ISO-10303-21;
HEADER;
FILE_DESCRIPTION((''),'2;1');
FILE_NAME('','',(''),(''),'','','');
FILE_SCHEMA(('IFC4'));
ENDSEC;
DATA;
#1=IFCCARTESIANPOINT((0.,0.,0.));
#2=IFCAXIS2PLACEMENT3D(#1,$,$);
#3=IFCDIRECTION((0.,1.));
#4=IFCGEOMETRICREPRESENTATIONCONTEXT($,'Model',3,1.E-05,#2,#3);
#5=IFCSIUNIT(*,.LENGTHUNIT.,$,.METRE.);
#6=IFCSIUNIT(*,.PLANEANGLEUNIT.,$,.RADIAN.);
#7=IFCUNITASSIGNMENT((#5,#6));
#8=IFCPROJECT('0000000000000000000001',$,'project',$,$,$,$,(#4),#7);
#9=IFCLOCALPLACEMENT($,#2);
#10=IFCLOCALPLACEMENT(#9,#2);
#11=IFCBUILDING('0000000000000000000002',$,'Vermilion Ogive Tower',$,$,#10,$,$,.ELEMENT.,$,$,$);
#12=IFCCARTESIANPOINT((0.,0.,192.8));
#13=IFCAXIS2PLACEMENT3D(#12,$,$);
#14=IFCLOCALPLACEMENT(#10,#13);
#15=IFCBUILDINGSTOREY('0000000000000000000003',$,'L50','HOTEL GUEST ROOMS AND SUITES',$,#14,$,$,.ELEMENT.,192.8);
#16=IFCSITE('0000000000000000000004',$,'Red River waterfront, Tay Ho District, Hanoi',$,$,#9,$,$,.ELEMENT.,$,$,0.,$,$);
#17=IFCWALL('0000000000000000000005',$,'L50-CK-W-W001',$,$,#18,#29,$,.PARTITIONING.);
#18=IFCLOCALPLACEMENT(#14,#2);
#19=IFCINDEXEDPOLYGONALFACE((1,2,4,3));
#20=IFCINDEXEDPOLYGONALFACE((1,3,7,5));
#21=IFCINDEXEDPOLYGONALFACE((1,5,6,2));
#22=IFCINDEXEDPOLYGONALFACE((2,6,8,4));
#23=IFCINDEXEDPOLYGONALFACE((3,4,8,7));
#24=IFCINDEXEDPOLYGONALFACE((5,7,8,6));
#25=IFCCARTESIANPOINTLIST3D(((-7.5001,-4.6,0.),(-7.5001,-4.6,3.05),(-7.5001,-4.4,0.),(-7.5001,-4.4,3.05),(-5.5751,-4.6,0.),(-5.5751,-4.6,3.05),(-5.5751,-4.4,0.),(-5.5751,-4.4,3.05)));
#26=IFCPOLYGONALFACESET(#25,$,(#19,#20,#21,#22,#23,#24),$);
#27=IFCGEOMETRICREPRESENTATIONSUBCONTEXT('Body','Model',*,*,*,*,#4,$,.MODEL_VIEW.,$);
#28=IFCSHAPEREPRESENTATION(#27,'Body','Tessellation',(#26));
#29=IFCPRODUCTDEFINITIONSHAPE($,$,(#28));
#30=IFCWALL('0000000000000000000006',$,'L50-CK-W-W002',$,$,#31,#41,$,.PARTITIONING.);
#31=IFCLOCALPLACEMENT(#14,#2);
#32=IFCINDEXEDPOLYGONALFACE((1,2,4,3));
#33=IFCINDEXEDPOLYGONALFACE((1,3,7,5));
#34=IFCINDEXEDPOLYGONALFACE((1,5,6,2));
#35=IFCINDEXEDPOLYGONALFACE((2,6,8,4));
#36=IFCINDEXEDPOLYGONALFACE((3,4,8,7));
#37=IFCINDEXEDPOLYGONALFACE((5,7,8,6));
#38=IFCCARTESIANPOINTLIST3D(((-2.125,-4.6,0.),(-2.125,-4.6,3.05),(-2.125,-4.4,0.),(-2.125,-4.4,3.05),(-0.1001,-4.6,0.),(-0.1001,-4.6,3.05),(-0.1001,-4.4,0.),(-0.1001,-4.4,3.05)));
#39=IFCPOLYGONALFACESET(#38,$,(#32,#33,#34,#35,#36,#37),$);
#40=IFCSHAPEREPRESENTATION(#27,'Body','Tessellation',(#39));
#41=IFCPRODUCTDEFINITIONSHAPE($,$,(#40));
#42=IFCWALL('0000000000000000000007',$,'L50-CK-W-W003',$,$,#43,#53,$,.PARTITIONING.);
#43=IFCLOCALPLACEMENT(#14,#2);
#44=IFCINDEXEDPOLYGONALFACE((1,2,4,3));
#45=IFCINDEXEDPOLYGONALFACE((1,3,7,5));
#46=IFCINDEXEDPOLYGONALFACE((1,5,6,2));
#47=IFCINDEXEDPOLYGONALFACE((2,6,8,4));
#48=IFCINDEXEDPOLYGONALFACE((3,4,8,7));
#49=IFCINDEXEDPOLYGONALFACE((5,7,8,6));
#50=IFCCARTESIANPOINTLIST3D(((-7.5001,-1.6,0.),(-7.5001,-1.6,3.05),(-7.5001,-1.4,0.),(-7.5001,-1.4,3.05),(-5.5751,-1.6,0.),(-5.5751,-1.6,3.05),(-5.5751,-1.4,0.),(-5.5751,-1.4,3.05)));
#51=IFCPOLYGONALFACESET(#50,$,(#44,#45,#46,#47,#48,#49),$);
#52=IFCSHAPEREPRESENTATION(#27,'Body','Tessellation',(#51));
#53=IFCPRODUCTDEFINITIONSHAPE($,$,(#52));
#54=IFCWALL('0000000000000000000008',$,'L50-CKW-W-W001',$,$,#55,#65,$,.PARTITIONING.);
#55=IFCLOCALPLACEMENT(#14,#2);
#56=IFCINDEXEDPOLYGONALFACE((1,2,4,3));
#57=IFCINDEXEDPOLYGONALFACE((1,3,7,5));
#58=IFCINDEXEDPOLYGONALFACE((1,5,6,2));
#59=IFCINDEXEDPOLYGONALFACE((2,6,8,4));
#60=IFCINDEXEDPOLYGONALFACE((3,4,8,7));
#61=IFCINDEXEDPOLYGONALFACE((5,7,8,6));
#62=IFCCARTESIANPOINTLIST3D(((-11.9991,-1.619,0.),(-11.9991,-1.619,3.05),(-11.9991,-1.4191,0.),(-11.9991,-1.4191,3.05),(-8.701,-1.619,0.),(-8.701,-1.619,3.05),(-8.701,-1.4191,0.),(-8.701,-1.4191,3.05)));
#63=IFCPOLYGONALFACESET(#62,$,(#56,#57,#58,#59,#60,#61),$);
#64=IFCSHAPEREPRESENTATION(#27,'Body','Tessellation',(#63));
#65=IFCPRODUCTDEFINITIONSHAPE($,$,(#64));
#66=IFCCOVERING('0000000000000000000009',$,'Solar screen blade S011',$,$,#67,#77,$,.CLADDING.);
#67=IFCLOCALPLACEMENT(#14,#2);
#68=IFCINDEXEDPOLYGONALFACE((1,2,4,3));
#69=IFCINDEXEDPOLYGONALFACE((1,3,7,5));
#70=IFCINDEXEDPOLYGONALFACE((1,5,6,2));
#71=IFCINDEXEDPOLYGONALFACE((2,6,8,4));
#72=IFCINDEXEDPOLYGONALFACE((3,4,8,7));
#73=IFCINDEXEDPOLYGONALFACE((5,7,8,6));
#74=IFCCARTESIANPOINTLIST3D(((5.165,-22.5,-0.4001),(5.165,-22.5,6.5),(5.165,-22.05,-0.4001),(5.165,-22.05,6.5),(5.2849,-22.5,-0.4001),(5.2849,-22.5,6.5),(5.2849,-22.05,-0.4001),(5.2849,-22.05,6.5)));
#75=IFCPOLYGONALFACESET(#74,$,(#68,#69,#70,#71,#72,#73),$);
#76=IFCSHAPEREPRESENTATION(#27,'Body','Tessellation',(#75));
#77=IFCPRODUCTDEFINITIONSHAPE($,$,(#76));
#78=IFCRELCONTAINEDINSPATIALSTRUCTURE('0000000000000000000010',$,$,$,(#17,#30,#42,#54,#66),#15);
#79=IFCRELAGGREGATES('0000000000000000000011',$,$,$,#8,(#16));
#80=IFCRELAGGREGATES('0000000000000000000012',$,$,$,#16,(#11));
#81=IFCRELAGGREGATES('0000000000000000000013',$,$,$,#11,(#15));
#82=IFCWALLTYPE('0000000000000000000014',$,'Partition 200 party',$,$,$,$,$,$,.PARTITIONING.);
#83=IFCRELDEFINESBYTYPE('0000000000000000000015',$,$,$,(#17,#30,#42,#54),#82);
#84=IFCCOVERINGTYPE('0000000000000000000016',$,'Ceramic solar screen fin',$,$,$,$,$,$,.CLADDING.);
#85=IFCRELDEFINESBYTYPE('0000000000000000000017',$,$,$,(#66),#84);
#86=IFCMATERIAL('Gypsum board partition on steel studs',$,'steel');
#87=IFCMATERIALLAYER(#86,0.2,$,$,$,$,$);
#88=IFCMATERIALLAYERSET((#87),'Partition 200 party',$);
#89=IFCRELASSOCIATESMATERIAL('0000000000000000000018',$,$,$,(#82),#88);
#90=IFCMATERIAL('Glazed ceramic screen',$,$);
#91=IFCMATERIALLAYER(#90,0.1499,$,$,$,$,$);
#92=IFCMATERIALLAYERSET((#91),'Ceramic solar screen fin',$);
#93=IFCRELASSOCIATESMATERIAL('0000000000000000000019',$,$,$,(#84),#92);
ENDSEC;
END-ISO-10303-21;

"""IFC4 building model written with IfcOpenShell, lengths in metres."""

from ifc_helpers import new_model, si_unit, direction, frame, frame_2d, origin, place, context, subcontext, project, spatial, polyline, rectangle, outline, extrude, material, layer, layer_set, type_object, element, save


model = new_model("IFC4")

# Units and contexts
model_context = context("Model", 3, precision=1e-05, world=origin(), true_north=direction((0.0, 1.0)))
body_context = subcontext(model_context, "Body", "Model", "MODEL_VIEW")
ifc_project = project(units=[si_unit("LENGTHUNIT", "METRE"), si_unit("PLANEANGLEUNIT", "RADIAN")], contexts=[model_context])

# Site, building, storey
site_placement = place(None, origin())
site = spatial("IfcSite", under=ifc_project, at=site_placement, Name="Red River waterfront, Tay Ho District, Hanoi", CompositionType="ELEMENT", RefElevation=0.0)
building_placement = place(site_placement, origin())
building = spatial("IfcBuilding", under=site, at=building_placement, Name="Vermilion Ogive Tower", CompositionType="ELEMENT")
storey_placement = place(building_placement, frame((0.0, 0.0, 192.8)))
storey = spatial("IfcBuildingStorey", under=building, at=storey_placement, Name="L50", Description="HOTEL GUEST ROOMS AND SUITES", CompositionType="ELEMENT", Elevation=192.8)

# Walls
ifc_material_1 = material(Name="Gypsum board partition on steel studs", Category="steel")
ifc_layer_1 = layer(ifc_material_1, 0.2)
ifc_layer_set_1 = layer_set([ifc_layer_1], Name="Partition 200 party")
wall_type_1 = type_object("IfcWallType", Name="Partition 200 party", PredefinedType="PARTITIONING", material=ifc_layer_set_1)
wall_1_placement = place(storey_placement, frame((-7.5, -4.5, 0.0), z_axis=(0.0, 0.0, 1.0), x_axis=(1.0, 0.0, 0.0)))
element("IfcWall", 1, at=wall_1_placement, inside=storey, type_object=wall_type_1, Name="L50-CK-W-W001", PredefinedType="PARTITIONING", context=body_context, shape_type="SweptSolid", body=[
    extrude(rectangle(XDim=1.925, YDim=0.2, at=frame_2d((0.9624, 0.0))), origin(), (0.0, 0.0, 1.0), 3.05),
])
wall_2_placement = place(storey_placement, frame((-2.125, -4.5, 0.0), z_axis=(0.0, 0.0, 1.0), x_axis=(1.0, 0.0, 0.0)))
element("IfcWall", 2, at=wall_2_placement, inside=storey, type_object=wall_type_1, Name="L50-CK-W-W002", PredefinedType="PARTITIONING", context=body_context, shape_type="SweptSolid", body=[
    extrude(rectangle(XDim=2.0249, YDim=0.2, at=frame_2d((1.0125, 0.0))), origin(), (0.0, 0.0, 1.0), 3.05),
])
wall_3_placement = place(storey_placement, frame((-7.5, -1.5, 0.0), z_axis=(0.0, 0.0, 1.0), x_axis=(1.0, 0.0, 0.0)))
element("IfcWall", 3, at=wall_3_placement, inside=storey, type_object=wall_type_1, Name="L50-CK-W-W003", PredefinedType="PARTITIONING", context=body_context, shape_type="SweptSolid", body=[
    extrude(rectangle(XDim=1.925, YDim=0.2, at=frame_2d((0.9624, 0.0))), origin(), (0.0, 0.0, 1.0), 3.05),
])
wall_4_placement = place(storey_placement, frame((-11.999, -1.519, 0.0), z_axis=(0.0, 0.0, 1.0), x_axis=(1.0, 0.0, 0.0)))
element("IfcWall", 4, at=wall_4_placement, inside=storey, type_object=wall_type_1, Name="L50-CKW-W-W001", PredefinedType="PARTITIONING", context=body_context, shape_type="SweptSolid", body=[
    extrude(rectangle(XDim=3.2981, YDim=0.2, at=frame_2d((1.6489, 0.0))), origin(), (0.0, 0.0, 1.0), 3.05),
])

# Covering
ifc_material_2 = material(Name="Glazed ceramic screen")
ifc_layer_2 = layer(ifc_material_2, 0.1499)
ifc_layer_set_2 = layer_set([ifc_layer_2], Name="Ceramic solar screen fin")
covering_type = type_object("IfcCoveringType", Name="Ceramic solar screen fin", PredefinedType="CLADDING", material=ifc_layer_set_2)
covering_placement = place(storey_placement, frame((0.0, 0.0, -0.4001)))
element("IfcCovering", 5, at=covering_placement, inside=storey, type_object=covering_type, Name="Solar screen blade S011", PredefinedType="CLADDING", context=body_context, shape_type="SweptSolid", body=[
    extrude(outline(polyline([(5.165, -22.5), (5.2849, -22.5), (5.2849, -22.05), (5.165, -22.05), (5.165, -22.5)])), origin(), (0.0, 0.0, 1.0), 6.9001),
])

save(model, "model.ifc")
